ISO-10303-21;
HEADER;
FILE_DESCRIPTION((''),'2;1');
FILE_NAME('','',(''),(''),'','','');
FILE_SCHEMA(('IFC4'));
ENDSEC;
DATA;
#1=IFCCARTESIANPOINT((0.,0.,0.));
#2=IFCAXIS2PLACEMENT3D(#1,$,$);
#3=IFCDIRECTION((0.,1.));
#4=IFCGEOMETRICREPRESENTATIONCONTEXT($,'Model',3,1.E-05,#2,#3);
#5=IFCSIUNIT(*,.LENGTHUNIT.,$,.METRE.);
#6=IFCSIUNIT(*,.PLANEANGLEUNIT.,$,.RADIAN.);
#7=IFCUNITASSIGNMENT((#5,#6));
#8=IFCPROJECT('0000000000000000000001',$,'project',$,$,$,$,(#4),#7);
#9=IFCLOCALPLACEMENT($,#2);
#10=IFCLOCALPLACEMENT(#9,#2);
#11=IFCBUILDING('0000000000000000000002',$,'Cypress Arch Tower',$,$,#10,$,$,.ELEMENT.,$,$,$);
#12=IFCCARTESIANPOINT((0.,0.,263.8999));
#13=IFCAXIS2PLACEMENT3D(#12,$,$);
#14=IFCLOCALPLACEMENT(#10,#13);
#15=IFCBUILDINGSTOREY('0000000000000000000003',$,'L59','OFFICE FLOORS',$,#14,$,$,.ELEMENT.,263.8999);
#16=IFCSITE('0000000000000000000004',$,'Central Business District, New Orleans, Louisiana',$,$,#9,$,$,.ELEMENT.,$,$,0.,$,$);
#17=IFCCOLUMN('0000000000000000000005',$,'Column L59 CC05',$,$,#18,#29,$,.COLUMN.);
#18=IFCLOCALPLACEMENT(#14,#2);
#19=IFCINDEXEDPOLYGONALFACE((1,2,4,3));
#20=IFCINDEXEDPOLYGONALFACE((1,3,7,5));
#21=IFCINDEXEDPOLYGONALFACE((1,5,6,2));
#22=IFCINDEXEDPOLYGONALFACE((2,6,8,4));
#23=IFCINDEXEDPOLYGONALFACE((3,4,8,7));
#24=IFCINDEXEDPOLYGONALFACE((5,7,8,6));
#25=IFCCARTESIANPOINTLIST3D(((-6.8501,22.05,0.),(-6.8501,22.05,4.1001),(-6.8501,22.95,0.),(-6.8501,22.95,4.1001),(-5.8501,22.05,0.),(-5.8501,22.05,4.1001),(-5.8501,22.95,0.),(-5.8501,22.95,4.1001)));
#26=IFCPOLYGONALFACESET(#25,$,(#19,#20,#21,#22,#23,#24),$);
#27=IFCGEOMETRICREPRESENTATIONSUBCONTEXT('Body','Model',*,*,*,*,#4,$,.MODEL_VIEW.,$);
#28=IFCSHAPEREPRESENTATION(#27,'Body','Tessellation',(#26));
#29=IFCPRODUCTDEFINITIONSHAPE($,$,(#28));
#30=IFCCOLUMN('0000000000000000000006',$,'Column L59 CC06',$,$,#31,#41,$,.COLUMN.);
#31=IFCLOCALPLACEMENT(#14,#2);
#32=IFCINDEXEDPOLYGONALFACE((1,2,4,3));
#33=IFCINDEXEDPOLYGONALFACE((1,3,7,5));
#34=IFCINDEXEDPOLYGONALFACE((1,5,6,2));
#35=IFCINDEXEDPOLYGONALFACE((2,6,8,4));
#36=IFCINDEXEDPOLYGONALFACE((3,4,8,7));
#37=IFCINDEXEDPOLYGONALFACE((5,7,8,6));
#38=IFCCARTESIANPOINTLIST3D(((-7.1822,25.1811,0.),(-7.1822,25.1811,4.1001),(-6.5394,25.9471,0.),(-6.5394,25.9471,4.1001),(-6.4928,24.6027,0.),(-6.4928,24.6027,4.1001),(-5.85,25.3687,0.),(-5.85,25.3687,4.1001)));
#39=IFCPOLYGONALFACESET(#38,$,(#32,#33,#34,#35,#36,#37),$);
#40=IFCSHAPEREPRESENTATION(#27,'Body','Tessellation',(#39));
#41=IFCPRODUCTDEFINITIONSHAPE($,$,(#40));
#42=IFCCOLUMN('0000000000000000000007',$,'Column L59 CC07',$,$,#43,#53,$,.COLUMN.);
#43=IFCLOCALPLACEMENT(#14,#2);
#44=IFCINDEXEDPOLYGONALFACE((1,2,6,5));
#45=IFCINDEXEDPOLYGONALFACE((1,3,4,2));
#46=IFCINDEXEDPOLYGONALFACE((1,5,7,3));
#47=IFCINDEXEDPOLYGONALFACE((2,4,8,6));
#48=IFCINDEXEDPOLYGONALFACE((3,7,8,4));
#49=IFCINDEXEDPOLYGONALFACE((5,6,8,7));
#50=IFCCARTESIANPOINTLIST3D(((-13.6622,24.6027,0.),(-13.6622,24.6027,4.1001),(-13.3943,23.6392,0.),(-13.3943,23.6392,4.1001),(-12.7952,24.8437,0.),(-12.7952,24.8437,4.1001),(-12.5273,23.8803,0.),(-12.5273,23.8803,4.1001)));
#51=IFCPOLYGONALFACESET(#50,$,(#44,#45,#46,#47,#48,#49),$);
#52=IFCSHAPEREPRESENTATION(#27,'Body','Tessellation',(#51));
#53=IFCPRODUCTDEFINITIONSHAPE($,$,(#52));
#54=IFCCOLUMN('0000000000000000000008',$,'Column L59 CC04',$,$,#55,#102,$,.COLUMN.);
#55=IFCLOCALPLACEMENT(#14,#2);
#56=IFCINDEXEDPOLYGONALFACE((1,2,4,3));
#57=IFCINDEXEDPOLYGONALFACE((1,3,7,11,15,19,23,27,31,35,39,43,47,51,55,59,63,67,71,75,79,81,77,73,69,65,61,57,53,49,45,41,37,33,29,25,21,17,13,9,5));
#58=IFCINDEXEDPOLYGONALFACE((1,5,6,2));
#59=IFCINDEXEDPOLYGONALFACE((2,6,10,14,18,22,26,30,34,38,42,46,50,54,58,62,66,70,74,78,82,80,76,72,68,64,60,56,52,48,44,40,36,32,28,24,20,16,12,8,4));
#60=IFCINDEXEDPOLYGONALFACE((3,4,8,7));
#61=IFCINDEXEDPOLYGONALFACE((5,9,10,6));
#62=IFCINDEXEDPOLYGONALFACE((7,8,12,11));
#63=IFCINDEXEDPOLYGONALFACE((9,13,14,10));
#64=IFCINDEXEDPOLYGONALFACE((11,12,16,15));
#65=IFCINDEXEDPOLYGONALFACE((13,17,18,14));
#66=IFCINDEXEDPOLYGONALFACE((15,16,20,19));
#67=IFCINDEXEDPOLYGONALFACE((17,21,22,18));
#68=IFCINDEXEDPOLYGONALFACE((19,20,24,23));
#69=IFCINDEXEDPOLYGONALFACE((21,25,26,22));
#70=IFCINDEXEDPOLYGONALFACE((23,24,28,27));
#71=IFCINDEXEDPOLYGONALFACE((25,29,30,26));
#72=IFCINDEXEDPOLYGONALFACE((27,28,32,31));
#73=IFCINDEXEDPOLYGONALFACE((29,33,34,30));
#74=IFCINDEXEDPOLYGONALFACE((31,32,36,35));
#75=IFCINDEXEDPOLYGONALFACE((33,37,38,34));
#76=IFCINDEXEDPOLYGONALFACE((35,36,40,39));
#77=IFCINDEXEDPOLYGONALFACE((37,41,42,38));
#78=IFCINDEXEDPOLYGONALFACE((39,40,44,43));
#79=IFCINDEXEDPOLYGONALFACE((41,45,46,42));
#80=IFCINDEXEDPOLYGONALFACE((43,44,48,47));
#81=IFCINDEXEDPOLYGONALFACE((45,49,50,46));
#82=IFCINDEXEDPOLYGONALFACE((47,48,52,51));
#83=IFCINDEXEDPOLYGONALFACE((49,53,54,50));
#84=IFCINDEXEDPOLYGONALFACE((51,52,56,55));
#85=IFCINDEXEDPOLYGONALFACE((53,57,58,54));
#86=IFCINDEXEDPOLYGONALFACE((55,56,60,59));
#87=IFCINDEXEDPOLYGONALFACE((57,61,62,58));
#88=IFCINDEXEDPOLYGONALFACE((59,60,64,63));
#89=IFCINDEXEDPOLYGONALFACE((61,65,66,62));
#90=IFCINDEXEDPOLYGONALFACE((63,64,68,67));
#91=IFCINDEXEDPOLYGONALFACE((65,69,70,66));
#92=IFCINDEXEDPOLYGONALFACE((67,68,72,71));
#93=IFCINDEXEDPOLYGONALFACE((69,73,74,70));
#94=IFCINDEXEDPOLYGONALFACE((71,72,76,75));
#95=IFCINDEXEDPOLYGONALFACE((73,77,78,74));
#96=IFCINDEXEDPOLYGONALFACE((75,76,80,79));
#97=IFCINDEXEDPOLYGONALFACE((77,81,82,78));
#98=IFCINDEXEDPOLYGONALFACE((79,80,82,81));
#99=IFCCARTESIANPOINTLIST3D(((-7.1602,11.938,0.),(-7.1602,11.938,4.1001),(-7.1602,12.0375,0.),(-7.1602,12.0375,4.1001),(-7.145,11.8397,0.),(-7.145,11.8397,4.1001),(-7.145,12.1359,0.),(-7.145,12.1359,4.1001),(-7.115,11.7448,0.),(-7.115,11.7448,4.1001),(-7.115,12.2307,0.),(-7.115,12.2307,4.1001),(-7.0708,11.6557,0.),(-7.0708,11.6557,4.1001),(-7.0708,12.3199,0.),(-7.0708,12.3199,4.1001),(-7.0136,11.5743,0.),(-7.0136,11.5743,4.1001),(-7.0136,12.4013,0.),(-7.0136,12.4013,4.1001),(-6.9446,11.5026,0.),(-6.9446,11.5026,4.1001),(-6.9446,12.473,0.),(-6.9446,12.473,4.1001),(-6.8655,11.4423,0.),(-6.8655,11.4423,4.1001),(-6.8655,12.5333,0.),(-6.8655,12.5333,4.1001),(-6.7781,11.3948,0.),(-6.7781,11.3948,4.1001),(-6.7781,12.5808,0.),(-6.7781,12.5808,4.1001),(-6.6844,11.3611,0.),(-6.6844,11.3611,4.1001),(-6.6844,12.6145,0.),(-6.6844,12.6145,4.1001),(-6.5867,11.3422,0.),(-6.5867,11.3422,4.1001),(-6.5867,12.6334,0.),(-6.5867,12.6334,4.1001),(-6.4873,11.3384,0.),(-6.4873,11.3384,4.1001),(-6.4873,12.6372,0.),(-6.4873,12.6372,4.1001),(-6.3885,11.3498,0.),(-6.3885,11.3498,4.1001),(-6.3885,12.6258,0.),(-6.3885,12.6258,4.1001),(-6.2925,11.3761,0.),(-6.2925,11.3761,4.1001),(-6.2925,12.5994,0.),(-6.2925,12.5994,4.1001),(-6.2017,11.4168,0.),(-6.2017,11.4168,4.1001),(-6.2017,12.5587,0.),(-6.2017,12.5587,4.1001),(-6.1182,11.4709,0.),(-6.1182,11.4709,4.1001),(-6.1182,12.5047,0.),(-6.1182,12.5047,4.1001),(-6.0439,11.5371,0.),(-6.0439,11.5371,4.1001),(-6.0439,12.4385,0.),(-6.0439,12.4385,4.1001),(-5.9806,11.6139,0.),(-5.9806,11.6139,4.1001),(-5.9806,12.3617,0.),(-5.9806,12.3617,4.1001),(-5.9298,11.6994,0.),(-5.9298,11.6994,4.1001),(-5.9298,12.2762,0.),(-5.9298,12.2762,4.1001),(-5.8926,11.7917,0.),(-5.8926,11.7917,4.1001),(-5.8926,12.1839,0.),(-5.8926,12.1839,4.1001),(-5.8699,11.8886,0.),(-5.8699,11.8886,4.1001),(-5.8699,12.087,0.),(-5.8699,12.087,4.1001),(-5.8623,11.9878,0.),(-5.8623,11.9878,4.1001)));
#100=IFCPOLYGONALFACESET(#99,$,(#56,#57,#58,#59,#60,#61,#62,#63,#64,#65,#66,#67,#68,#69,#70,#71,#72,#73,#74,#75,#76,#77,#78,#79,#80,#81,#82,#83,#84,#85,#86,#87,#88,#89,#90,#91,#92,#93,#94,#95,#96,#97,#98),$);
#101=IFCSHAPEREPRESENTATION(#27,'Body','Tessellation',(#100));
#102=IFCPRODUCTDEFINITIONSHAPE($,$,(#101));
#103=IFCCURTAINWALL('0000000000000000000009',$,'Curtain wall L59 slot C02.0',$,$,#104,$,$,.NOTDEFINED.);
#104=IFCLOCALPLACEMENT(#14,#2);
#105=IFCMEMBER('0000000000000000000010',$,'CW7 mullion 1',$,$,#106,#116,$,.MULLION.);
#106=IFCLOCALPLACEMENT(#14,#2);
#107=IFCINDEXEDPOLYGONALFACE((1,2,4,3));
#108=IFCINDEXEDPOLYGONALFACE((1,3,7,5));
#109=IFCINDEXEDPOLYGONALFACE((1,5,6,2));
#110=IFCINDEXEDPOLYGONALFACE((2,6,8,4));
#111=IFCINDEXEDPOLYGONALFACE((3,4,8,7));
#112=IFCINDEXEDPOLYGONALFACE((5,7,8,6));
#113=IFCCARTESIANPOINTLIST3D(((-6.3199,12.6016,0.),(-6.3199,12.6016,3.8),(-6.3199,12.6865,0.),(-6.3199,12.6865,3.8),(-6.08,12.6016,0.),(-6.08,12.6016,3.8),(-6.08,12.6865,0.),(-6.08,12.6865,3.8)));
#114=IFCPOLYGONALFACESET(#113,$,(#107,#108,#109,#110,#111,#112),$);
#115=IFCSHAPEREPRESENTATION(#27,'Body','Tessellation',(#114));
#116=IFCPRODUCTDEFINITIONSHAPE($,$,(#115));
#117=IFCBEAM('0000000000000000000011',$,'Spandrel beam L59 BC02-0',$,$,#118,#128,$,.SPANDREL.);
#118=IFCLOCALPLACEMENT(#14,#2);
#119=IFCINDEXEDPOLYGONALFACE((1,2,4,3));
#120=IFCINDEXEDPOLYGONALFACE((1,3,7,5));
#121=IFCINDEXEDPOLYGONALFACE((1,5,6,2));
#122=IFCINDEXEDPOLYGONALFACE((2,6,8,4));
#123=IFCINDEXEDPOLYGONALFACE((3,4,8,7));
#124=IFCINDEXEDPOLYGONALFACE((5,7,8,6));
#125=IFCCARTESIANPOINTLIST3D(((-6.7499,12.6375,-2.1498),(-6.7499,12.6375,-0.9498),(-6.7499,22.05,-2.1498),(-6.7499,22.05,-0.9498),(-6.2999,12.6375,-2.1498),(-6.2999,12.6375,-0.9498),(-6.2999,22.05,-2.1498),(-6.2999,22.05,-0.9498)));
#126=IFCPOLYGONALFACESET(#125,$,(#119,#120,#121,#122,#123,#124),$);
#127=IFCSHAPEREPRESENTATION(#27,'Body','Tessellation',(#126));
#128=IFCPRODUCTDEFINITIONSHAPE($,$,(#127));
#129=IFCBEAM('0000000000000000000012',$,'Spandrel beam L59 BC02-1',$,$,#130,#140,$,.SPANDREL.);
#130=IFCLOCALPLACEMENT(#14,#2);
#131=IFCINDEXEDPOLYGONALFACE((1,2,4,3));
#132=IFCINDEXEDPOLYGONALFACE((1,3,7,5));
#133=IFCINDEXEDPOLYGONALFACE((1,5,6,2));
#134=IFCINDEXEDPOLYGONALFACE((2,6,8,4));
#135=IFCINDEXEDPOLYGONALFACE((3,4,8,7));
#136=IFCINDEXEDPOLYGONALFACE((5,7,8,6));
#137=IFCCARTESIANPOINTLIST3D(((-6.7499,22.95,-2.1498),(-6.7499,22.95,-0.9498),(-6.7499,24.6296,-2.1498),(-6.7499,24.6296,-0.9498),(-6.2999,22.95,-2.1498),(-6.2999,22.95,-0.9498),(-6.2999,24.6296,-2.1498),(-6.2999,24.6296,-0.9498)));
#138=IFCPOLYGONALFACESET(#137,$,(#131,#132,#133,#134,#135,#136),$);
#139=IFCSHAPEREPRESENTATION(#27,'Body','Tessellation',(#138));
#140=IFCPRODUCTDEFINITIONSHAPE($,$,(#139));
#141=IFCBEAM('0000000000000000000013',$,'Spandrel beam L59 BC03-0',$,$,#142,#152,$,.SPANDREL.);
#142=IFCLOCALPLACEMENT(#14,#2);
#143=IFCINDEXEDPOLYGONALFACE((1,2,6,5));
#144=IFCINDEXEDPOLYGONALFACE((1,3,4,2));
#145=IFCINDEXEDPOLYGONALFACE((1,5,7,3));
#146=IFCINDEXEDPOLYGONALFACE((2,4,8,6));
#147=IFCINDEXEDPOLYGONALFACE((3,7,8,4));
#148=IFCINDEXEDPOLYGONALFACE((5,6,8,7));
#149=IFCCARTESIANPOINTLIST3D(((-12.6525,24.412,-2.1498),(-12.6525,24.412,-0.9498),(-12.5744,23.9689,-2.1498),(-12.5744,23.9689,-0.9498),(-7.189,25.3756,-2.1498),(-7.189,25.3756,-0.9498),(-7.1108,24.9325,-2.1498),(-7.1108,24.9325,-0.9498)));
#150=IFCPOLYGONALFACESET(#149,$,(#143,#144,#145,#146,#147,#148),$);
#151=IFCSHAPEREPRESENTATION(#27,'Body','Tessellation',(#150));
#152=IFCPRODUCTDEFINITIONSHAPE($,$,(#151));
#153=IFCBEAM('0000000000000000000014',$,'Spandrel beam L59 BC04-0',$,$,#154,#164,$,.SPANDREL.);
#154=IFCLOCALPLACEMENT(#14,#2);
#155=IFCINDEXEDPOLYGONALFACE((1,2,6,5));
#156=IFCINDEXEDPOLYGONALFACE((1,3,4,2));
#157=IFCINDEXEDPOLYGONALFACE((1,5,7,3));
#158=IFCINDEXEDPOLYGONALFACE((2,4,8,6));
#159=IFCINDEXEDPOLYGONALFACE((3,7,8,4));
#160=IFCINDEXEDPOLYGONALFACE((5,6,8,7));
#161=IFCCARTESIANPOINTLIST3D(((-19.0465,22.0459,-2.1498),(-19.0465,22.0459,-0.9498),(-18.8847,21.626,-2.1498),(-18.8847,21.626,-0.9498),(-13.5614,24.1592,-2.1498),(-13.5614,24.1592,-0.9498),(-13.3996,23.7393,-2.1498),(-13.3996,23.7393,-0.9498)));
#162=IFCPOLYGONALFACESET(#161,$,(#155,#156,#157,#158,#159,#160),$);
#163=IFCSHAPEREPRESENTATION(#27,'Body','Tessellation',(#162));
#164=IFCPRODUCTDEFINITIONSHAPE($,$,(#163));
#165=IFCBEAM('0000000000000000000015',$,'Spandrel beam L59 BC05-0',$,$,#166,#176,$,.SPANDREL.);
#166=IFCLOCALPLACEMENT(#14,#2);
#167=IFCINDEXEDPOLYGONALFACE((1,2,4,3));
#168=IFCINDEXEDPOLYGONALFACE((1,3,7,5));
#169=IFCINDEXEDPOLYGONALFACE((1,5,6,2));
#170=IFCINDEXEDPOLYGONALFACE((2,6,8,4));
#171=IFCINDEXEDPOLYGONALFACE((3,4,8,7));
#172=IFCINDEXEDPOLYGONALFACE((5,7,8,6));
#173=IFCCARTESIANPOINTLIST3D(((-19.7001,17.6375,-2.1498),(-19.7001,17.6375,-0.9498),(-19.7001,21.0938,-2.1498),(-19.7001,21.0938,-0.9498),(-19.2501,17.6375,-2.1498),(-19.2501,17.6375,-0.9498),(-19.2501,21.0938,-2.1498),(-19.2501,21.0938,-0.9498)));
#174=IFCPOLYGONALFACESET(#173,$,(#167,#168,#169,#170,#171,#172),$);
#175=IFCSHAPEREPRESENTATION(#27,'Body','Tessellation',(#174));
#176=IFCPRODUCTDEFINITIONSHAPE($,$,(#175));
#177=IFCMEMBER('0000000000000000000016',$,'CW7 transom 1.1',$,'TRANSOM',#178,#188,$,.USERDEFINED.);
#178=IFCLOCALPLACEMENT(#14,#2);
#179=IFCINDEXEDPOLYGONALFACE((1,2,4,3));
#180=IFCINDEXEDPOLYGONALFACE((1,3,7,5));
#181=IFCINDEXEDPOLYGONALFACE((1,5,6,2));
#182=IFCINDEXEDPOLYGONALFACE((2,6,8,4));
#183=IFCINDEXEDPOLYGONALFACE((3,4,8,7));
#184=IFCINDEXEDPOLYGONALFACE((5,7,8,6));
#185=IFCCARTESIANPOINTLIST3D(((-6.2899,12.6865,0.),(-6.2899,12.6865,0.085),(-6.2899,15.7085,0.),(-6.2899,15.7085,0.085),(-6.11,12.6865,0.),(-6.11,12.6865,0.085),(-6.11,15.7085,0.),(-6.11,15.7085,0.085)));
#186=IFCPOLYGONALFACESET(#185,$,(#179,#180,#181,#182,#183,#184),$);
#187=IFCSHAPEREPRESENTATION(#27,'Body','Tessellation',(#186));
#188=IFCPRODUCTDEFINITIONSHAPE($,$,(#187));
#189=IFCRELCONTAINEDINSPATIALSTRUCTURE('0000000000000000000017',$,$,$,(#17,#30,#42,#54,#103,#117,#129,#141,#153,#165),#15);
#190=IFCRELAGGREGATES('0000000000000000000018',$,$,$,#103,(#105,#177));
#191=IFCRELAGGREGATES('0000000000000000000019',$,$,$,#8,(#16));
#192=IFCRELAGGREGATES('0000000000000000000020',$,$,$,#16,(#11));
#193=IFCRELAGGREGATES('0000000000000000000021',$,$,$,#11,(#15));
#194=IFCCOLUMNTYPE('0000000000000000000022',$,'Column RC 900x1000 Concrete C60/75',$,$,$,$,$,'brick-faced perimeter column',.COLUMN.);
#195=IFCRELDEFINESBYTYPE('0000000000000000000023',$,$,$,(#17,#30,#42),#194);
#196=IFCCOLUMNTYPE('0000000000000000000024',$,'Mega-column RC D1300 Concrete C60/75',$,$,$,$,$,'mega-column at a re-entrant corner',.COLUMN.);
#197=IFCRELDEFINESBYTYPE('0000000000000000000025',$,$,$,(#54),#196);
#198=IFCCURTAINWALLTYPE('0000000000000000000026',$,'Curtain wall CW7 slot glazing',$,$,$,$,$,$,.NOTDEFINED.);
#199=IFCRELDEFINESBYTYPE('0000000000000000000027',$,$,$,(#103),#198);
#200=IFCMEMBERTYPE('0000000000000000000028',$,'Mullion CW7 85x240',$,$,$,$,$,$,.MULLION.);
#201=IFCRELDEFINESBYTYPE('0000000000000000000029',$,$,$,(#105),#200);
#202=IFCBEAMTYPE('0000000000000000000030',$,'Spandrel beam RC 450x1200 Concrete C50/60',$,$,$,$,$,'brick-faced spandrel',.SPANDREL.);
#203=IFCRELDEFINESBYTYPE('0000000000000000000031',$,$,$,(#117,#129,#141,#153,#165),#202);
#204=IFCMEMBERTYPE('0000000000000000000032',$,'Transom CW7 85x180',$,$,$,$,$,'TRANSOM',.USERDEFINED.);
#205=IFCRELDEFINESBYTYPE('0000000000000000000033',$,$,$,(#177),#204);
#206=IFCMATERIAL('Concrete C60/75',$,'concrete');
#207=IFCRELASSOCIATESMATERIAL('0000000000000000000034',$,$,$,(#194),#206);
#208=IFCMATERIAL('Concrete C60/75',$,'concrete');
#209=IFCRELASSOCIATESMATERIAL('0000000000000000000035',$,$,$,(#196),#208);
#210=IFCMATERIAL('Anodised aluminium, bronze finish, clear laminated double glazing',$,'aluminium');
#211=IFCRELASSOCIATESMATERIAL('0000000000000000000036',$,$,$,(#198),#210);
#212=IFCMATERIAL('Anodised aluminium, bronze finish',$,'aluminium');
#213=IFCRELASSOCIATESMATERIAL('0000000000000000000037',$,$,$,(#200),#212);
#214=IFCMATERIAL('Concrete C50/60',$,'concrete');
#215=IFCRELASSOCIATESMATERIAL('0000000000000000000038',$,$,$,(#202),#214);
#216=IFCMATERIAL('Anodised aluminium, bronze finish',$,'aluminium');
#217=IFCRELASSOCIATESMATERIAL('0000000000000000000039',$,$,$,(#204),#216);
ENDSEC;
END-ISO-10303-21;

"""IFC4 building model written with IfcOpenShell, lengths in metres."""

from ifc_helpers import new_model, si_unit, direction, frame, origin, origin_2d, place, context, subcontext, project, spatial, rectangle, circle, extrude, material, material_profile, profile_set, type_object, element, aggregate, save


model = new_model("IFC4")

# Units and contexts
model_context = context("Model", 3, precision=1e-05, world=origin(), true_north=direction((0.0, 1.0)))
body_context = subcontext(model_context, "Body", "Model", "MODEL_VIEW")
ifc_project = project(units=[si_unit("LENGTHUNIT", "METRE"), si_unit("PLANEANGLEUNIT", "RADIAN")], contexts=[model_context])

# Site, building, storey
site_placement = place(None, origin())
site = spatial("IfcSite", under=ifc_project, at=site_placement, Name="Central Business District, New Orleans, Louisiana", CompositionType="ELEMENT", RefElevation=0.0)
building_placement = place(site_placement, origin())
building = spatial("IfcBuilding", under=site, at=building_placement, Name="Cypress Arch Tower", CompositionType="ELEMENT")
storey_placement = place(building_placement, frame((0.0, 0.0, 263.8999)))
storey = spatial("IfcBuildingStorey", under=building, at=storey_placement, Name="L59", Description="OFFICE FLOORS", CompositionType="ELEMENT", Elevation=263.8999)

# Columns
ifc_material_1 = material(Name="Concrete C60/75", Category="concrete")
ifc_material_profile_1 = material_profile(ifc_material_1, rectangle(XDim=0.8999, YDim=1.0, at=origin_2d()), Name="RC 900x1000")
ifc_profile_set_1 = profile_set([ifc_material_profile_1], Name="Concrete C60/75")
column_type_1 = type_object("IfcColumnType", Name="Column RC 900x1000 Concrete C60/75", ElementType="brick-faced perimeter column", PredefinedType="COLUMN", material=ifc_profile_set_1)
for number, where, z_axis, x_axis, name in (
    (1, (-6.3501, 22.5, 0.0), (0.0, 0.0, 1.0), (0.0, 1.0, 0.0), "Column L59 CC05"),
    (2, (-6.5161, 25.2749, 0.0), (0.0, 0.0, 1.0), (-0.766064, 0.642765, 0.0), "Column L59 CC06"),
    (3, (-13.0947, 24.2415, 0.0), (0.0, 0.0, 1.0), (-0.963456, -0.267868, 0.0), "Column L59 CC07"),
):
    element("IfcColumn", number, at=place(storey_placement, frame(where, z_axis=z_axis, x_axis=x_axis)), inside=storey, type_object=column_type_1, Name=name, PredefinedType="COLUMN", context=body_context, shape_type="SweptSolid", body=[
        extrude(rectangle(XDim=0.8999, YDim=1.0, at=origin_2d()), origin(), (0.0, 0.0, 1.0), 4.1001),
    ])
ifc_material_2 = material(Name="Concrete C60/75", Category="concrete")
ifc_material_profile_2 = material_profile(ifc_material_2, circle(Radius=0.6499, at=origin_2d()), Name="RC D1300")
ifc_profile_set_2 = profile_set([ifc_material_profile_2], Name="Concrete C60/75")
column_type_2 = type_object("IfcColumnType", Name="Mega-column RC D1300 Concrete C60/75", ElementType="mega-column at a re-entrant corner", PredefinedType="COLUMN", material=ifc_profile_set_2)
column_placement = place(storey_placement, frame((-6.5122, 11.9878, 0.0), z_axis=(0.0, 0.0, 1.0), x_axis=(1.0, 0.0, 0.0)))
element("IfcColumn", 4, at=column_placement, inside=storey, type_object=column_type_2, Name="Column L59 CC04", PredefinedType="COLUMN", context=body_context, shape_type="SweptSolid", body=[
    extrude(circle(Radius=0.6499, at=origin_2d()), origin(), (0.0, 0.0, 1.0), 4.1001),
])

# Curtain wall, member
ifc_material_3 = material(Name="Anodised aluminium, bronze finish, clear laminated double glazing", Category="aluminium")
curtain_wall_type = type_object("IfcCurtainWallType", Name="Curtain wall CW7 slot glazing", PredefinedType="NOTDEFINED", material=ifc_material_3)
curtain_wall_placement = place(storey_placement, origin())
curtain_wall = element("IfcCurtainWall", 5, at=curtain_wall_placement, inside=storey, type_object=curtain_wall_type, Name="Curtain wall L59 slot C02.0", PredefinedType="NOTDEFINED")
ifc_material_4 = material(Name="Anodised aluminium, bronze finish", Category="aluminium")
ifc_material_profile_3 = material_profile(ifc_material_4, rectangle(XDim=0.24, YDim=0.085, at=origin_2d()), Name="Mullion 85x240")
ifc_profile_set_3 = profile_set([ifc_material_profile_3], Name="Anodised aluminium, bronze finish")
member_type_1 = type_object("IfcMemberType", Name="Mullion CW7 85x240", PredefinedType="MULLION", material=ifc_profile_set_3)
member_1_placement = place(storey_placement, frame((-6.2, 12.644, 0.0), z_axis=(0.0, 0.0, 1.0), x_axis=(-1.0, 0.0, 0.0)))
member_1 = element("IfcMember", 6, at=member_1_placement, type_object=member_type_1, Name="CW7 mullion 1", PredefinedType="MULLION", context=body_context, shape_type="SweptSolid", body=[
    extrude(rectangle(XDim=0.24, YDim=0.085, at=origin_2d()), origin(), (0.0, 0.0, 1.0), 3.8),
])

# Beams
ifc_material_5 = material(Name="Concrete C50/60", Category="concrete")
ifc_material_profile_4 = material_profile(ifc_material_5, rectangle(XDim=0.45, YDim=1.2, at=origin_2d()), Name="RC 450x1200")
ifc_profile_set_4 = profile_set([ifc_material_profile_4], Name="Concrete C50/60")
beam_type = type_object("IfcBeamType", Name="Spandrel beam RC 450x1200 Concrete C50/60", ElementType="brick-faced spandrel", PredefinedType="SPANDREL", material=ifc_profile_set_4)
beam_1_placement = place(storey_placement, frame((-6.5249, 12.6375, -1.5498), z_axis=(0.0, 1.0, 0.0), x_axis=(-1.0, 0.0, 0.0)))
element("IfcBeam", 7, at=beam_1_placement, inside=storey, type_object=beam_type, Name="Spandrel beam L59 BC02-0", PredefinedType="SPANDREL", context=body_context, shape_type="SweptSolid", body=[
    extrude(rectangle(XDim=0.45, YDim=1.2, at=origin_2d()), origin(), (0.0, 0.0, 1.0), 9.4126),
])
beam_2_placement = place(storey_placement, frame((-6.5249, 22.95, -1.5498), z_axis=(0.0, 1.0, 0.0), x_axis=(-1.0, 0.0, 0.0)))
element("IfcBeam", 8, at=beam_2_placement, inside=storey, type_object=beam_type, Name="Spandrel beam L59 BC02-1", PredefinedType="SPANDREL", context=body_context, shape_type="SweptSolid", body=[
    extrude(rectangle(XDim=0.45, YDim=1.2, at=origin_2d()), origin(), (0.0, 0.0, 1.0), 1.6797),
])
beam_3_placement = place(storey_placement, frame((-7.1499, 25.1541, -1.5498), z_axis=(-0.9848, -0.17369, 0.0), x_axis=(0.17369, -0.9848, 0.0)))
element("IfcBeam", 9, at=beam_3_placement, inside=storey, type_object=beam_type, Name="Spandrel beam L59 BC03-0", PredefinedType="SPANDREL", context=body_context, shape_type="SweptSolid", body=[
    extrude(rectangle(XDim=0.45, YDim=1.2, at=origin_2d()), origin(), (0.0, 0.0, 1.0), 5.5479),
])
beam_4_placement = place(storey_placement, frame((-13.4805, 23.9492, -1.5498), z_axis=(-0.933139, -0.359516, 0.0), x_axis=(0.359516, -0.933139, 0.0)))
element("IfcBeam", 10, at=beam_4_placement, inside=storey, type_object=beam_type, Name="Spandrel beam L59 BC04-0", PredefinedType="SPANDREL", context=body_context, shape_type="SweptSolid", body=[
    extrude(rectangle(XDim=0.45, YDim=1.2, at=origin_2d()), origin(), (0.0, 0.0, 1.0), 5.8782),
])
beam_5_placement = place(storey_placement, frame((-19.4751, 21.0938, -1.5498), z_axis=(0.0, -1.0, 0.0), x_axis=(1.0, 0.0, 0.0)))
element("IfcBeam", 11, at=beam_5_placement, inside=storey, type_object=beam_type, Name="Spandrel beam L59 BC05-0", PredefinedType="SPANDREL", context=body_context, shape_type="SweptSolid", body=[
    extrude(rectangle(XDim=0.45, YDim=1.2, at=origin_2d()), origin(), (0.0, 0.0, 1.0), 3.4563),
])

# Member
ifc_material_6 = material(Name="Anodised aluminium, bronze finish", Category="aluminium")
ifc_material_profile_5 = material_profile(ifc_material_6, rectangle(XDim=0.1799, YDim=0.085, at=origin_2d()), Name="Transom 85x180")
ifc_profile_set_5 = profile_set([ifc_material_profile_5], Name="Anodised aluminium, bronze finish")
member_type_2 = type_object("IfcMemberType", Name="Transom CW7 85x180", ElementType="TRANSOM", PredefinedType="USERDEFINED", material=ifc_profile_set_5)
member_2_placement = place(storey_placement, frame((-6.2, 12.6865, 0.0425), z_axis=(0.0, 1.0, 0.0), x_axis=(-1.0, 0.0, 0.0)))
member_2 = element("IfcMember", 12, at=member_2_placement, type_object=member_type_2, Name="CW7 transom 1.1", ObjectType="TRANSOM", PredefinedType="USERDEFINED", context=body_context, shape_type="SweptSolid", body=[
    extrude(rectangle(XDim=0.1799, YDim=0.085, at=origin_2d()), origin(), (0.0, 0.0, 1.0), 3.022),
])
aggregate(curtain_wall, [member_1, member_2])

save(model, "model.ifc")
